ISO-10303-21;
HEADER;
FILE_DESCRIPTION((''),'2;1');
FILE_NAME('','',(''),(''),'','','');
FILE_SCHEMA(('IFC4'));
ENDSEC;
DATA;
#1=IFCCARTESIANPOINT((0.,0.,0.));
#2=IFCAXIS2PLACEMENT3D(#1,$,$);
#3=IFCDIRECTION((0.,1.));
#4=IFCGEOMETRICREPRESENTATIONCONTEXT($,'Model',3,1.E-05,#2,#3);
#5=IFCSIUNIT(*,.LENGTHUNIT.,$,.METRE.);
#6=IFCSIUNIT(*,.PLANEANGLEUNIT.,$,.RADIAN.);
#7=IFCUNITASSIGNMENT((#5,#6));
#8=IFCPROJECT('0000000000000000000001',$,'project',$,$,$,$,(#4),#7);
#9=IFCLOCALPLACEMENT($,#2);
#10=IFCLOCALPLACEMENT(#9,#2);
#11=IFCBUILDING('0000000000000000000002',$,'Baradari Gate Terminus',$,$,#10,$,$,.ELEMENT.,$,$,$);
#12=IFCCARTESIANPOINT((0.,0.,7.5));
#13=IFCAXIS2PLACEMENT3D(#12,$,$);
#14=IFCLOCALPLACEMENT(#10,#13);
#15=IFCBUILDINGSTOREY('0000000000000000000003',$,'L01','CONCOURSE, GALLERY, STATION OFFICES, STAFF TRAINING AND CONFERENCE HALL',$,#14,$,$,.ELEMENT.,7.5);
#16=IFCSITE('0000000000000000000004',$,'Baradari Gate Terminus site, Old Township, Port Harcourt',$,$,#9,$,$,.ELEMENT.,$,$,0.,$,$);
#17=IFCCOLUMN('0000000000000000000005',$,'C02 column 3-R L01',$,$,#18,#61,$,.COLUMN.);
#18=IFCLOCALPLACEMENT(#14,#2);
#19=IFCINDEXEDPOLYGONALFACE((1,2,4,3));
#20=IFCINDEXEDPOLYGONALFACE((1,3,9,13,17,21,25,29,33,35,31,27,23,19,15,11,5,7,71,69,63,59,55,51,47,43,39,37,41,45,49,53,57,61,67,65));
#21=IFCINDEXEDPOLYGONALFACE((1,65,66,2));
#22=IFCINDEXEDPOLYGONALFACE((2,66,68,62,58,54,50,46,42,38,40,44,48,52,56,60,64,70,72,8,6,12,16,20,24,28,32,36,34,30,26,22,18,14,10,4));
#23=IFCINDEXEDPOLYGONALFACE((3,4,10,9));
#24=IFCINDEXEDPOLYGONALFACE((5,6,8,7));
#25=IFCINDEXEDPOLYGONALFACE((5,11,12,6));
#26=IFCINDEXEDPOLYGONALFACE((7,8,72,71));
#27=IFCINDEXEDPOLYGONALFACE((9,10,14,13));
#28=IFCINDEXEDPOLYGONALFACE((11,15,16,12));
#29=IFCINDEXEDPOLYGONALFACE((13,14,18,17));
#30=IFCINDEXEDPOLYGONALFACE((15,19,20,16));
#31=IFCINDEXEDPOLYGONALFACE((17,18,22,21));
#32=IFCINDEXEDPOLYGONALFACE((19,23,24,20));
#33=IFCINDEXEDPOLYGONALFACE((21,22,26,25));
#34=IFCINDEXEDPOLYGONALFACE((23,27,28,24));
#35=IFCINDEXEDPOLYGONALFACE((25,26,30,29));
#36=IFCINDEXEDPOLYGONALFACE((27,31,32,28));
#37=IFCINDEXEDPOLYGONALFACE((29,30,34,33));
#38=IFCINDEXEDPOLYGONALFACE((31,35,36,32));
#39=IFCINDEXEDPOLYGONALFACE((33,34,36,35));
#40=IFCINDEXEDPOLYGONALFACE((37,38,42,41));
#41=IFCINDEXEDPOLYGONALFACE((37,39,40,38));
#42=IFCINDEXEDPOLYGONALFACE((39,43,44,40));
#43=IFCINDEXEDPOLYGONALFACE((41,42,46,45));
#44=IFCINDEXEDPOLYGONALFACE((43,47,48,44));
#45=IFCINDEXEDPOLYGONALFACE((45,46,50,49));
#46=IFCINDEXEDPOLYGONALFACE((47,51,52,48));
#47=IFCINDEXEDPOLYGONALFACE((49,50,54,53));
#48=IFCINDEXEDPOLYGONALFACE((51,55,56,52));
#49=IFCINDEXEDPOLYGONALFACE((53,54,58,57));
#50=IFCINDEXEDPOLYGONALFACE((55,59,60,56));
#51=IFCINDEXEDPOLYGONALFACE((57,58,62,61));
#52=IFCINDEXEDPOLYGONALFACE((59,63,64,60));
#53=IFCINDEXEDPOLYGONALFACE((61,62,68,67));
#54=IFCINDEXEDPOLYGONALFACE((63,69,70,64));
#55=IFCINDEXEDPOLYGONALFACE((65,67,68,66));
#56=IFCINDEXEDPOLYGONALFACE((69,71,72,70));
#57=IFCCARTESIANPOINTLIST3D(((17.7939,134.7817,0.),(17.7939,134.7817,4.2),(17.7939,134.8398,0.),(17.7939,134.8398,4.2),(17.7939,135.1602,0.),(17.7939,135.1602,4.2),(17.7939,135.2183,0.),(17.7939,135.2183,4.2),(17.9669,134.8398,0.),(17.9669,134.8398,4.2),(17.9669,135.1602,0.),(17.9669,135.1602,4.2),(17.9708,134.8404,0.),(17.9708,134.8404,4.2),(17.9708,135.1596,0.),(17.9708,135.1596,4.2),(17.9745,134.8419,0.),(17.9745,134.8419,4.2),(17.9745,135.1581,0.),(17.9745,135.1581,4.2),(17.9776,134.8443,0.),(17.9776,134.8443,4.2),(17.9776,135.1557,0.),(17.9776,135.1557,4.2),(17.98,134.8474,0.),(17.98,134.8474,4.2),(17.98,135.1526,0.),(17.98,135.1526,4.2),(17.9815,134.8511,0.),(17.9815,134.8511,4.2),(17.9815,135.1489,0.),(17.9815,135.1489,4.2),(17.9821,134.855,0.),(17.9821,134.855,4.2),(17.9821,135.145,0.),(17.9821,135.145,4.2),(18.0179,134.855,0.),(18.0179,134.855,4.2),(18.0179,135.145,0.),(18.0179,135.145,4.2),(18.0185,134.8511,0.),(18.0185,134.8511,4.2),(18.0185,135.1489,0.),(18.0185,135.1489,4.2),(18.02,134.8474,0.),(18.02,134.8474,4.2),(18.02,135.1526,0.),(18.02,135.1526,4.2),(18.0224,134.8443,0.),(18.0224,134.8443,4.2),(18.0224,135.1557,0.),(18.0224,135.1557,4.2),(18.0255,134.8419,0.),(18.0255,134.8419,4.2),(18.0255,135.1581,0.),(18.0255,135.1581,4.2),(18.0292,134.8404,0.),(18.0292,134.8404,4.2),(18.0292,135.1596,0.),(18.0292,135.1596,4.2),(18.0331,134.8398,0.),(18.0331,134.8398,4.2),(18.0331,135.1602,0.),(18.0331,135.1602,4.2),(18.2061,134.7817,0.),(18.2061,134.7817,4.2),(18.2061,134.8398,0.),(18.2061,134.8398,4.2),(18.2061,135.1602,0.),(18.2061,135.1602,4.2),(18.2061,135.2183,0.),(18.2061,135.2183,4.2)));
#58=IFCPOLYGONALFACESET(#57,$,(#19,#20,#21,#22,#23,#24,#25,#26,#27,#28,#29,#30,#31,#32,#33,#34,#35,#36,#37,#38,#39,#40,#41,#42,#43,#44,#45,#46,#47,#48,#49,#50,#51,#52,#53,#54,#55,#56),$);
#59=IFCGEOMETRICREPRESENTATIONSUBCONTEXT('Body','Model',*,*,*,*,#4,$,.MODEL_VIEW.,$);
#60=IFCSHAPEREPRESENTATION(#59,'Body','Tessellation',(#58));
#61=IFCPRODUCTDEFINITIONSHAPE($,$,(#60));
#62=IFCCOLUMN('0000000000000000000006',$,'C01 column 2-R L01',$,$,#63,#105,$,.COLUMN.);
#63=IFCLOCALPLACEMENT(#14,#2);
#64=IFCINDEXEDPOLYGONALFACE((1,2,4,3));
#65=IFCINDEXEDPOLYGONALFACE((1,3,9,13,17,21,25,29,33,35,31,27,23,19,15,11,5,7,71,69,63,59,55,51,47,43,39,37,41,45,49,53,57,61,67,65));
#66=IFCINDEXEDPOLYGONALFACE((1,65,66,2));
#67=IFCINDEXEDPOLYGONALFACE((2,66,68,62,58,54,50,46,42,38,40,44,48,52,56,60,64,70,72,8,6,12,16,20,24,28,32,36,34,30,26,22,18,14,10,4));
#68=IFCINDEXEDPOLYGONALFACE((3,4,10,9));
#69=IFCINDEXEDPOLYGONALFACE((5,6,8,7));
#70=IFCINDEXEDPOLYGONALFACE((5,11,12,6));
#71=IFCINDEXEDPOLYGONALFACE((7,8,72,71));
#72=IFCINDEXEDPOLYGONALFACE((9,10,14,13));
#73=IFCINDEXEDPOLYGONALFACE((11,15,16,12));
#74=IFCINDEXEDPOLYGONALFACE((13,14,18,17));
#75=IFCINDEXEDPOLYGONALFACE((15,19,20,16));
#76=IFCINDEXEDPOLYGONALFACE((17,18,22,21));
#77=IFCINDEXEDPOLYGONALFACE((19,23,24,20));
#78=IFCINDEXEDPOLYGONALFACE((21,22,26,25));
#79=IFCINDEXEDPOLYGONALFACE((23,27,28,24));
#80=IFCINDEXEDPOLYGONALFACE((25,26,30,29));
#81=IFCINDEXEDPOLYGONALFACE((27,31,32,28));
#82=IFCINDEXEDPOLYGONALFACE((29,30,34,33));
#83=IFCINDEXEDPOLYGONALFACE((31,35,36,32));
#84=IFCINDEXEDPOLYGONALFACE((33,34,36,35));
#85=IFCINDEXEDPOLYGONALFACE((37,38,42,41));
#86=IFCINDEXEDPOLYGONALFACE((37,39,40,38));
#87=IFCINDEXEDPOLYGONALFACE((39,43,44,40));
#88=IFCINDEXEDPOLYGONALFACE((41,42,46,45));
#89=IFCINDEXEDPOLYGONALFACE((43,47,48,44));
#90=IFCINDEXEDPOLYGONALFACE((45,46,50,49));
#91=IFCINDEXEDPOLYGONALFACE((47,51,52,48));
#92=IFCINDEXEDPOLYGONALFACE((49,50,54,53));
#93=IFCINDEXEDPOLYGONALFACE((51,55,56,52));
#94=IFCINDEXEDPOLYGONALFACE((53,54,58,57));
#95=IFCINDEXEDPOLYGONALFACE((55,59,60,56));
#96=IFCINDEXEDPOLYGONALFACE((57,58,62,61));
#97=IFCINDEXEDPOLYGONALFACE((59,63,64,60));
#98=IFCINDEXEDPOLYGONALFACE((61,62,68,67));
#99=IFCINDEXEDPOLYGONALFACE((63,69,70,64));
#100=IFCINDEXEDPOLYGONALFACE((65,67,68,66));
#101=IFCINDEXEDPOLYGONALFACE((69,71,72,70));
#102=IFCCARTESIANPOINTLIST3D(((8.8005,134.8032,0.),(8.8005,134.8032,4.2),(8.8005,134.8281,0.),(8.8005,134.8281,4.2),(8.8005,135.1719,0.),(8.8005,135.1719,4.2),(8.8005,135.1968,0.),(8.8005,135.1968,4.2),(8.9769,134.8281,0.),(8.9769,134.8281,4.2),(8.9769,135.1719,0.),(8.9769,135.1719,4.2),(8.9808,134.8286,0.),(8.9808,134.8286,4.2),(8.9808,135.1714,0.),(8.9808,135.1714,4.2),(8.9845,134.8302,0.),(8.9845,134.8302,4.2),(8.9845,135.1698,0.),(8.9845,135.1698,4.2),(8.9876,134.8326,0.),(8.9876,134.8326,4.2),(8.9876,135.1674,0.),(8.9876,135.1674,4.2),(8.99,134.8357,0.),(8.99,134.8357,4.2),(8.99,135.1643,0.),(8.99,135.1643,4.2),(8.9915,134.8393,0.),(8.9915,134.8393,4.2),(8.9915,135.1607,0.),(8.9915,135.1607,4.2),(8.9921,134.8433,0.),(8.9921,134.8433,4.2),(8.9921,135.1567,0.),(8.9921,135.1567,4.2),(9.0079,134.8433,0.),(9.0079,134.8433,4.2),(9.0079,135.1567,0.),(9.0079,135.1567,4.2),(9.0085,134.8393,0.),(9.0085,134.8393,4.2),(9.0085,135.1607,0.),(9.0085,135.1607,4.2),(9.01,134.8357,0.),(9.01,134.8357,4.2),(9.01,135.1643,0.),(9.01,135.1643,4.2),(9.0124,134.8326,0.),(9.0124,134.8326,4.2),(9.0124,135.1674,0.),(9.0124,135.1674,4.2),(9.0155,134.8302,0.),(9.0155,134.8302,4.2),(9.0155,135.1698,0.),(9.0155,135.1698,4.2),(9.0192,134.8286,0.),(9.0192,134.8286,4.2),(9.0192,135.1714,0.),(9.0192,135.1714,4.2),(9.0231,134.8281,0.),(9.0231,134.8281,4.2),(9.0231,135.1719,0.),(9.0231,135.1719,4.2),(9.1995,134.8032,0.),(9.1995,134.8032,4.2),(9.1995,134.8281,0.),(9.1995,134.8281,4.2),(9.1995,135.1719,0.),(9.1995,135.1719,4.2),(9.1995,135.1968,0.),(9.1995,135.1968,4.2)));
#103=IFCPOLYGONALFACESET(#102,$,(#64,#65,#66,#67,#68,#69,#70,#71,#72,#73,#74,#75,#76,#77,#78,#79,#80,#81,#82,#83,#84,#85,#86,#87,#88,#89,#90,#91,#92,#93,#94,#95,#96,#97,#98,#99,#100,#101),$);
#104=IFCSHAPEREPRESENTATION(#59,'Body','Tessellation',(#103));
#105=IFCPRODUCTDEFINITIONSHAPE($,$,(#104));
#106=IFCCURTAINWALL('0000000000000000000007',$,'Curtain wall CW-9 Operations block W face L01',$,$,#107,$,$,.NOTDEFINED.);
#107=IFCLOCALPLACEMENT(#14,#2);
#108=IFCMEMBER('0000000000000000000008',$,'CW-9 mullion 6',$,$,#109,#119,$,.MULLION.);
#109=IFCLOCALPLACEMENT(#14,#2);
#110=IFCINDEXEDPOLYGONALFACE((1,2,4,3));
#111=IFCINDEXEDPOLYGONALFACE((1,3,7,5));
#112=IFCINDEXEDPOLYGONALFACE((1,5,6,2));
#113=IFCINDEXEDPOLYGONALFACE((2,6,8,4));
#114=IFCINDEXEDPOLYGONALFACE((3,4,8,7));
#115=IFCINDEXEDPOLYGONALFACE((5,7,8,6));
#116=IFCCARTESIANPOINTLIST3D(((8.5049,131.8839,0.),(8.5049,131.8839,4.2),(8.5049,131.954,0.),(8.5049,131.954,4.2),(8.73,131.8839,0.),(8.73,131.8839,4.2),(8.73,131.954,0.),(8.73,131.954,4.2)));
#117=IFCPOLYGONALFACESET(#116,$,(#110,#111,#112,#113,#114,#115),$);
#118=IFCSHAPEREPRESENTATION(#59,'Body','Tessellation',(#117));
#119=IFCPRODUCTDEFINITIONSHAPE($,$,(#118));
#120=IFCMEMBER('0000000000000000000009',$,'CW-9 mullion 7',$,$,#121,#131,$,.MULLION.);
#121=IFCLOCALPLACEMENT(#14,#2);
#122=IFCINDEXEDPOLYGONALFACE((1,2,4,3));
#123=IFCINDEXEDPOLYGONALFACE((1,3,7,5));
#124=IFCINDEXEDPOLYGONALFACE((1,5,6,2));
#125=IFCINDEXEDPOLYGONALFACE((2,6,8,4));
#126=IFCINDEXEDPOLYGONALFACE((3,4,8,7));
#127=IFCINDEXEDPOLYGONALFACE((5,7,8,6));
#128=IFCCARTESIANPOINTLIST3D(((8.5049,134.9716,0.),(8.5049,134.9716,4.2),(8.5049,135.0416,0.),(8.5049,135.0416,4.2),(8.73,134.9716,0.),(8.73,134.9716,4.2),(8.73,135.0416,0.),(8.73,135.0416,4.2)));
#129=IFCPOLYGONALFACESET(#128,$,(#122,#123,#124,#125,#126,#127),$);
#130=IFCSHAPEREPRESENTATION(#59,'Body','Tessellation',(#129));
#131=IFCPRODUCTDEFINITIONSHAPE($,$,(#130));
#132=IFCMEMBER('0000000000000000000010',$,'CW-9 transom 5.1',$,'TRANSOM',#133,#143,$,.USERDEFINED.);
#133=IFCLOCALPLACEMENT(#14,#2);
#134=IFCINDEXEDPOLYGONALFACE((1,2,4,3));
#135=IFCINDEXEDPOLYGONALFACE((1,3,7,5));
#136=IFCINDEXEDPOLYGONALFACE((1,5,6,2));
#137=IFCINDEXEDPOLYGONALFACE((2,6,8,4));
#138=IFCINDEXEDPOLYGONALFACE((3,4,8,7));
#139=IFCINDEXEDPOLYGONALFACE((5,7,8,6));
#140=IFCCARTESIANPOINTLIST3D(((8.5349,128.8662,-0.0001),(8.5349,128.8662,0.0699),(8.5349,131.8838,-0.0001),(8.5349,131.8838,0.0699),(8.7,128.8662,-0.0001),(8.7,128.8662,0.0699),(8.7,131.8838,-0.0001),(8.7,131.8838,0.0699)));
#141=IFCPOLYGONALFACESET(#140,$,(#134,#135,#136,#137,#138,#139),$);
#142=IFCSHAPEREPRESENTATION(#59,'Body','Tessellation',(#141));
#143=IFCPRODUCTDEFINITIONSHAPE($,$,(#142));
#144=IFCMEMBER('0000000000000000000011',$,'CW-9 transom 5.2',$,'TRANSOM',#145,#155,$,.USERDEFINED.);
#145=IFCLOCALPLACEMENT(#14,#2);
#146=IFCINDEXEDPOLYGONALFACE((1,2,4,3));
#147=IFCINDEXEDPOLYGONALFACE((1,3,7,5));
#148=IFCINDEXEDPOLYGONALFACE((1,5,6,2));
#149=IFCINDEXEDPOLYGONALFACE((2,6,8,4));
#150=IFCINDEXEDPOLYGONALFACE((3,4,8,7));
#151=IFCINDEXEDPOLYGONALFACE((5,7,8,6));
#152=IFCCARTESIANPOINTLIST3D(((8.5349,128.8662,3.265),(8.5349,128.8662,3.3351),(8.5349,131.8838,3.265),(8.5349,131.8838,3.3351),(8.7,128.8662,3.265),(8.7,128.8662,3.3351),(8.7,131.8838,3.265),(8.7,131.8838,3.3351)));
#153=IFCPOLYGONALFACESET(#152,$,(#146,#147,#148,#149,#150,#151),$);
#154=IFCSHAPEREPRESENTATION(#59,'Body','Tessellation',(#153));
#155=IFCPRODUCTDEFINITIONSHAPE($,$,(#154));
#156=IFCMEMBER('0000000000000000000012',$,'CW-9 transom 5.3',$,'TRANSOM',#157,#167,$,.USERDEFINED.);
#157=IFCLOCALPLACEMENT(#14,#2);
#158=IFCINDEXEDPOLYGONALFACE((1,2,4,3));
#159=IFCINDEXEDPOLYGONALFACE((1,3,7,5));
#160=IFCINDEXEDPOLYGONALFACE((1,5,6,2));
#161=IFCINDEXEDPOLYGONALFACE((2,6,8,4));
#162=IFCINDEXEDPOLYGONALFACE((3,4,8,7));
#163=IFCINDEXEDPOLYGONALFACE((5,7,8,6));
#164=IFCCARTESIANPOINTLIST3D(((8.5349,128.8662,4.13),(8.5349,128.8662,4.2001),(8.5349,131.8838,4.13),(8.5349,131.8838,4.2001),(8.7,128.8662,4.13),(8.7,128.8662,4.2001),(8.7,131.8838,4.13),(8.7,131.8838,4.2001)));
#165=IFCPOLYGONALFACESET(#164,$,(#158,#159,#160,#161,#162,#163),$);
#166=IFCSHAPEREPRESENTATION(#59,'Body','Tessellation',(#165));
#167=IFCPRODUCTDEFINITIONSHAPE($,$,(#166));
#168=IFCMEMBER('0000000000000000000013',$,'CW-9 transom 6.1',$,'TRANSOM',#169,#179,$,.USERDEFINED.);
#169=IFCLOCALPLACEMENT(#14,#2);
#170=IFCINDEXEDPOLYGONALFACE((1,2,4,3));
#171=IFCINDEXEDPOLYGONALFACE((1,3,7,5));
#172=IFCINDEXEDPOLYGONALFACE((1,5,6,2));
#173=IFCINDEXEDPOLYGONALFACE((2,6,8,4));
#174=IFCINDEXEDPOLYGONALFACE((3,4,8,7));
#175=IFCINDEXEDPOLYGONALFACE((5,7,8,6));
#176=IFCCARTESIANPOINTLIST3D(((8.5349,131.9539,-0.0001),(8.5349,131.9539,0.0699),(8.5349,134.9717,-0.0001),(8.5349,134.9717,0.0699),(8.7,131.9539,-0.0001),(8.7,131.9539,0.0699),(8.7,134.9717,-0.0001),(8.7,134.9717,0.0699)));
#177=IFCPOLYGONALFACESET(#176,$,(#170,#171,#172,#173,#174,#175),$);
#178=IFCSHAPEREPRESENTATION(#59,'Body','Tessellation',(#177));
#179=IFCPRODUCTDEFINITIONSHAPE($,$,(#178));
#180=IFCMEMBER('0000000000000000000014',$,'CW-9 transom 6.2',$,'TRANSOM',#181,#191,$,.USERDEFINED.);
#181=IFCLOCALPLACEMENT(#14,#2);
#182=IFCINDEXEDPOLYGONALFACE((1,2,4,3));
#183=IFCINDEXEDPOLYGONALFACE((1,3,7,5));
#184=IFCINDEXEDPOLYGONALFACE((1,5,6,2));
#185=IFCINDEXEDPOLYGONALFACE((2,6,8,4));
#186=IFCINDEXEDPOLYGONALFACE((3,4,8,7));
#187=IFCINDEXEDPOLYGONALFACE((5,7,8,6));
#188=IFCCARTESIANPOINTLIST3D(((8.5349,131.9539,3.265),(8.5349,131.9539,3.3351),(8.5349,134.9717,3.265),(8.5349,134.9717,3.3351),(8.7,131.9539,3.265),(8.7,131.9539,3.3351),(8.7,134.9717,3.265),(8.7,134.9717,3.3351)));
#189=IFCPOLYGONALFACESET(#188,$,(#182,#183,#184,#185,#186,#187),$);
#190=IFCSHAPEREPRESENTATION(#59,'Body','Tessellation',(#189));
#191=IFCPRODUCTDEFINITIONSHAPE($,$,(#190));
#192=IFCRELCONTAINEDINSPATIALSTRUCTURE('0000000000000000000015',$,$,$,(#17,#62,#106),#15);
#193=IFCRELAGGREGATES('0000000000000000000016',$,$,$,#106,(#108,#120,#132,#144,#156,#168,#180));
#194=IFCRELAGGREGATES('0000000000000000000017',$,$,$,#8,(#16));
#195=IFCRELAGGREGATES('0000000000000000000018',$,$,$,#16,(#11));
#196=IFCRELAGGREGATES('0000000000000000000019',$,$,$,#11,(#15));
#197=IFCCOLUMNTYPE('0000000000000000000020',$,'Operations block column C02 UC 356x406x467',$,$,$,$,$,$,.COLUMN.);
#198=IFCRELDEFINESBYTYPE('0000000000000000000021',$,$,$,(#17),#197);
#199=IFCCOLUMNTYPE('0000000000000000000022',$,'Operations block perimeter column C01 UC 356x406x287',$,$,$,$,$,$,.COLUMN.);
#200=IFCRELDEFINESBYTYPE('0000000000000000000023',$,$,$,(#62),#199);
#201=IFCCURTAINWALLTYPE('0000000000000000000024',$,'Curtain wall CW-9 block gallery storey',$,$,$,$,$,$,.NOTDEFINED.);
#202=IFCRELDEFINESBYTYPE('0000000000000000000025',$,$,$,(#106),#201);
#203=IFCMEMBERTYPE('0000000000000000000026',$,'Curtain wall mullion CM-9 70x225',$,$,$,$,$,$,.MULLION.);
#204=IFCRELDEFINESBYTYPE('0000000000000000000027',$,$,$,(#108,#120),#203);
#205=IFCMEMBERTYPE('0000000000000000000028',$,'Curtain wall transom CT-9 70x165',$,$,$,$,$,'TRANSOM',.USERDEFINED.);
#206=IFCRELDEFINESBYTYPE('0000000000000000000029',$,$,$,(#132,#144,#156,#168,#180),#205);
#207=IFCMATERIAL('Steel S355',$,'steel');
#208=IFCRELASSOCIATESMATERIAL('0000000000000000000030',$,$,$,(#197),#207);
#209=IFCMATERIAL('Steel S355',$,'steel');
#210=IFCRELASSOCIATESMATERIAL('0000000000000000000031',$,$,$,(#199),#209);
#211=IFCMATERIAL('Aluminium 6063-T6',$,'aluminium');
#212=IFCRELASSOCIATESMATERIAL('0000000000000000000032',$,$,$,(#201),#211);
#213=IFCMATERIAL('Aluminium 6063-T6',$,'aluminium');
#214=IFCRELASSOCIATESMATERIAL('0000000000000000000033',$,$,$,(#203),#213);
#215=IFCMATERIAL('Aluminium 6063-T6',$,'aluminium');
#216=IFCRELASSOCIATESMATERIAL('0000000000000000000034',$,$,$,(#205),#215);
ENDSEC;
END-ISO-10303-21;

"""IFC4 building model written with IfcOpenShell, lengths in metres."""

from ifc_helpers import new_model, si_unit, direction, frame, origin, origin_2d, place, context, subcontext, project, spatial, rectangle, i_section, extrude, material, material_profile, profile_set, type_object, element, aggregate, save


model = new_model("IFC4")

# Units and contexts
model_context = context("Model", 3, precision=1e-05, world=origin(), true_north=direction((0.0, 1.0)))
body_context = subcontext(model_context, "Body", "Model", "MODEL_VIEW")
ifc_project = project(units=[si_unit("LENGTHUNIT", "METRE"), si_unit("PLANEANGLEUNIT", "RADIAN")], contexts=[model_context])

# Site, building, storey
site_placement = place(None, origin())
site = spatial("IfcSite", under=ifc_project, at=site_placement, Name="Baradari Gate Terminus site, Old Township, Port Harcourt", CompositionType="ELEMENT", RefElevation=0.0)
building_placement = place(site_placement, origin())
building = spatial("IfcBuilding", under=site, at=building_placement, Name="Baradari Gate Terminus", CompositionType="ELEMENT")
storey_placement = place(building_placement, frame((0.0, 0.0, 7.5)))
storey = spatial("IfcBuildingStorey", under=building, at=storey_placement, Name="L01", Description="CONCOURSE, GALLERY, STATION OFFICES, STAFF TRAINING AND CONFERENCE HALL", CompositionType="ELEMENT", Elevation=7.5)

# Columns
ifc_material_1 = material(Name="Steel S355", Category="steel")
ifc_material_profile_1 = material_profile(ifc_material_1, i_section(OverallWidth=0.4121, OverallDepth=0.4365, WebThickness=0.0359, FlangeThickness=0.0581, FilletRadius=0.0151, at=origin_2d()), Name="UC 356x406x467")
ifc_profile_set_1 = profile_set([ifc_material_profile_1], Name="Steel S355")
column_type_1 = type_object("IfcColumnType", Name="Operations block column C02 UC 356x406x467", PredefinedType="COLUMN", material=ifc_profile_set_1)
column_1_placement = place(storey_placement, frame((18.0, 135.0, 0.0), z_axis=(0.0, 0.0, 1.0), x_axis=(1.0, 0.0, 0.0)))
element("IfcColumn", 1, at=column_1_placement, inside=storey, type_object=column_type_1, Name="C02 column 3-R L01", PredefinedType="COLUMN", context=body_context, shape_type="SweptSolid", body=[
    extrude(i_section(OverallWidth=0.4121, OverallDepth=0.4365, WebThickness=0.0359, FlangeThickness=0.0581, FilletRadius=0.0151, at=origin_2d()), origin(), (0.0, 0.0, 1.0), 4.2),
])
ifc_material_2 = material(Name="Steel S355", Category="steel")
ifc_material_profile_2 = material_profile(ifc_material_2, i_section(OverallWidth=0.3989, OverallDepth=0.3936, WebThickness=0.0159, FlangeThickness=0.0249, FilletRadius=0.0151, at=origin_2d()), Name="UC 356x406x287")
ifc_profile_set_2 = profile_set([ifc_material_profile_2], Name="Steel S355")
column_type_2 = type_object("IfcColumnType", Name="Operations block perimeter column C01 UC 356x406x287", PredefinedType="COLUMN", material=ifc_profile_set_2)
column_2_placement = place(storey_placement, frame((9.0, 135.0, 0.0), z_axis=(0.0, 0.0, 1.0), x_axis=(1.0, 0.0, 0.0)))
element("IfcColumn", 2, at=column_2_placement, inside=storey, type_object=column_type_2, Name="C01 column 2-R L01", PredefinedType="COLUMN", context=body_context, shape_type="SweptSolid", body=[
    extrude(i_section(OverallWidth=0.3989, OverallDepth=0.3936, WebThickness=0.0159, FlangeThickness=0.0249, FilletRadius=0.0151, at=origin_2d()), origin(), (0.0, 0.0, 1.0), 4.2),
])

# Curtain wall, members
ifc_material_3 = material(Name="Aluminium 6063-T6", Category="aluminium")
curtain_wall_type = type_object("IfcCurtainWallType", Name="Curtain wall CW-9 block gallery storey", PredefinedType="NOTDEFINED", material=ifc_material_3)
curtain_wall_placement = place(storey_placement, origin())
curtain_wall = element("IfcCurtainWall", 3, at=curtain_wall_placement, inside=storey, type_object=curtain_wall_type, Name="Curtain wall CW-9 Operations block W face L01", PredefinedType="NOTDEFINED")
ifc_material_4 = material(Name="Aluminium 6063-T6", Category="aluminium")
ifc_material_profile_3 = material_profile(ifc_material_4, rectangle(XDim=0.2251, YDim=0.0701, at=origin_2d()), Name="CM-9 70X225")
ifc_profile_set_3 = profile_set([ifc_material_profile_3], Name="Aluminium 6063-T6")
member_type_1 = type_object("IfcMemberType", Name="Curtain wall mullion CM-9 70x225", PredefinedType="MULLION", material=ifc_profile_set_3)
member_1_placement = place(storey_placement, frame((8.6174, 131.9189, 0.0), z_axis=(0.0, 0.0, 1.0), x_axis=(-1.0, 0.0, 0.0)))
member_1 = element("IfcMember", 4, at=member_1_placement, type_object=member_type_1, Name="CW-9 mullion 6", PredefinedType="MULLION", context=body_context, shape_type="SweptSolid", body=[
    extrude(rectangle(XDim=0.2251, YDim=0.0701, at=origin_2d()), origin(), (0.0, 0.0, 1.0), 4.2),
])
member_2_placement = place(storey_placement, frame((8.6174, 135.0066, 0.0), z_axis=(0.0, 0.0, 1.0), x_axis=(-1.0, 0.0, 0.0)))
member_2 = element("IfcMember", 5, at=member_2_placement, type_object=member_type_1, Name="CW-9 mullion 7", PredefinedType="MULLION", context=body_context, shape_type="SweptSolid", body=[
    extrude(rectangle(XDim=0.2251, YDim=0.0701, at=origin_2d()), origin(), (0.0, 0.0, 1.0), 4.2),
])
ifc_material_5 = material(Name="Aluminium 6063-T6", Category="aluminium")
ifc_material_profile_4 = material_profile(ifc_material_5, rectangle(XDim=0.165, YDim=0.0701, at=origin_2d()), Name="CT-9 70X165")
ifc_profile_set_4 = profile_set([ifc_material_profile_4], Name="Aluminium 6063-T6")
member_type_2 = type_object("IfcMemberType", Name="Curtain wall transom CT-9 70x165", ElementType="TRANSOM", PredefinedType="USERDEFINED", material=ifc_profile_set_4)
member_3_placement = place(storey_placement, frame((8.6174, 128.8662, 0.0349), z_axis=(0.0, 1.0, 0.0), x_axis=(-1.0, 0.0, 0.0)))
member_3 = element("IfcMember", 6, at=member_3_placement, type_object=member_type_2, Name="CW-9 transom 5.1", ObjectType="TRANSOM", PredefinedType="USERDEFINED", context=body_context, shape_type="SweptSolid", body=[
    extrude(rectangle(XDim=0.165, YDim=0.0701, at=origin_2d()), origin(), (0.0, 0.0, 1.0), 3.0176),
])
member_4_placement = place(storey_placement, frame((8.6174, 128.8662, 3.3), z_axis=(0.0, 1.0, 0.0), x_axis=(-1.0, 0.0, 0.0)))
member_4 = element("IfcMember", 7, at=member_4_placement, type_object=member_type_2, Name="CW-9 transom 5.2", ObjectType="TRANSOM", PredefinedType="USERDEFINED", context=body_context, shape_type="SweptSolid", body=[
    extrude(rectangle(XDim=0.165, YDim=0.0701, at=origin_2d()), origin(), (0.0, 0.0, 1.0), 3.0176),
])
member_5_placement = place(storey_placement, frame((8.6174, 128.8662, 4.165), z_axis=(0.0, 1.0, 0.0), x_axis=(-1.0, 0.0, 0.0)))
member_5 = element("IfcMember", 8, at=member_5_placement, type_object=member_type_2, Name="CW-9 transom 5.3", ObjectType="TRANSOM", PredefinedType="USERDEFINED", context=body_context, shape_type="SweptSolid", body=[
    extrude(rectangle(XDim=0.165, YDim=0.0701, at=origin_2d()), origin(), (0.0, 0.0, 1.0), 3.0176),
])
member_6_placement = place(storey_placement, frame((8.6174, 131.9539, 0.0349), z_axis=(0.0, 1.0, 0.0), x_axis=(-1.0, 0.0, 0.0)))
member_6 = element("IfcMember", 9, at=member_6_placement, type_object=member_type_2, Name="CW-9 transom 6.1", ObjectType="TRANSOM", PredefinedType="USERDEFINED", context=body_context, shape_type="SweptSolid", body=[
    extrude(rectangle(XDim=0.165, YDim=0.0701, at=origin_2d()), origin(), (0.0, 0.0, 1.0), 3.0178),
])
member_7_placement = place(storey_placement, frame((8.6174, 131.9539, 3.3), z_axis=(0.0, 1.0, 0.0), x_axis=(-1.0, 0.0, 0.0)))
member_7 = element("IfcMember", 10, at=member_7_placement, type_object=member_type_2, Name="CW-9 transom 6.2", ObjectType="TRANSOM", PredefinedType="USERDEFINED", context=body_context, shape_type="SweptSolid", body=[
    extrude(rectangle(XDim=0.165, YDim=0.0701, at=origin_2d()), origin(), (0.0, 0.0, 1.0), 3.0178),
])

aggregate(curtain_wall, [member_1, member_2, member_3, member_4, member_5, member_6, member_7])

save(model, "model.ifc")
